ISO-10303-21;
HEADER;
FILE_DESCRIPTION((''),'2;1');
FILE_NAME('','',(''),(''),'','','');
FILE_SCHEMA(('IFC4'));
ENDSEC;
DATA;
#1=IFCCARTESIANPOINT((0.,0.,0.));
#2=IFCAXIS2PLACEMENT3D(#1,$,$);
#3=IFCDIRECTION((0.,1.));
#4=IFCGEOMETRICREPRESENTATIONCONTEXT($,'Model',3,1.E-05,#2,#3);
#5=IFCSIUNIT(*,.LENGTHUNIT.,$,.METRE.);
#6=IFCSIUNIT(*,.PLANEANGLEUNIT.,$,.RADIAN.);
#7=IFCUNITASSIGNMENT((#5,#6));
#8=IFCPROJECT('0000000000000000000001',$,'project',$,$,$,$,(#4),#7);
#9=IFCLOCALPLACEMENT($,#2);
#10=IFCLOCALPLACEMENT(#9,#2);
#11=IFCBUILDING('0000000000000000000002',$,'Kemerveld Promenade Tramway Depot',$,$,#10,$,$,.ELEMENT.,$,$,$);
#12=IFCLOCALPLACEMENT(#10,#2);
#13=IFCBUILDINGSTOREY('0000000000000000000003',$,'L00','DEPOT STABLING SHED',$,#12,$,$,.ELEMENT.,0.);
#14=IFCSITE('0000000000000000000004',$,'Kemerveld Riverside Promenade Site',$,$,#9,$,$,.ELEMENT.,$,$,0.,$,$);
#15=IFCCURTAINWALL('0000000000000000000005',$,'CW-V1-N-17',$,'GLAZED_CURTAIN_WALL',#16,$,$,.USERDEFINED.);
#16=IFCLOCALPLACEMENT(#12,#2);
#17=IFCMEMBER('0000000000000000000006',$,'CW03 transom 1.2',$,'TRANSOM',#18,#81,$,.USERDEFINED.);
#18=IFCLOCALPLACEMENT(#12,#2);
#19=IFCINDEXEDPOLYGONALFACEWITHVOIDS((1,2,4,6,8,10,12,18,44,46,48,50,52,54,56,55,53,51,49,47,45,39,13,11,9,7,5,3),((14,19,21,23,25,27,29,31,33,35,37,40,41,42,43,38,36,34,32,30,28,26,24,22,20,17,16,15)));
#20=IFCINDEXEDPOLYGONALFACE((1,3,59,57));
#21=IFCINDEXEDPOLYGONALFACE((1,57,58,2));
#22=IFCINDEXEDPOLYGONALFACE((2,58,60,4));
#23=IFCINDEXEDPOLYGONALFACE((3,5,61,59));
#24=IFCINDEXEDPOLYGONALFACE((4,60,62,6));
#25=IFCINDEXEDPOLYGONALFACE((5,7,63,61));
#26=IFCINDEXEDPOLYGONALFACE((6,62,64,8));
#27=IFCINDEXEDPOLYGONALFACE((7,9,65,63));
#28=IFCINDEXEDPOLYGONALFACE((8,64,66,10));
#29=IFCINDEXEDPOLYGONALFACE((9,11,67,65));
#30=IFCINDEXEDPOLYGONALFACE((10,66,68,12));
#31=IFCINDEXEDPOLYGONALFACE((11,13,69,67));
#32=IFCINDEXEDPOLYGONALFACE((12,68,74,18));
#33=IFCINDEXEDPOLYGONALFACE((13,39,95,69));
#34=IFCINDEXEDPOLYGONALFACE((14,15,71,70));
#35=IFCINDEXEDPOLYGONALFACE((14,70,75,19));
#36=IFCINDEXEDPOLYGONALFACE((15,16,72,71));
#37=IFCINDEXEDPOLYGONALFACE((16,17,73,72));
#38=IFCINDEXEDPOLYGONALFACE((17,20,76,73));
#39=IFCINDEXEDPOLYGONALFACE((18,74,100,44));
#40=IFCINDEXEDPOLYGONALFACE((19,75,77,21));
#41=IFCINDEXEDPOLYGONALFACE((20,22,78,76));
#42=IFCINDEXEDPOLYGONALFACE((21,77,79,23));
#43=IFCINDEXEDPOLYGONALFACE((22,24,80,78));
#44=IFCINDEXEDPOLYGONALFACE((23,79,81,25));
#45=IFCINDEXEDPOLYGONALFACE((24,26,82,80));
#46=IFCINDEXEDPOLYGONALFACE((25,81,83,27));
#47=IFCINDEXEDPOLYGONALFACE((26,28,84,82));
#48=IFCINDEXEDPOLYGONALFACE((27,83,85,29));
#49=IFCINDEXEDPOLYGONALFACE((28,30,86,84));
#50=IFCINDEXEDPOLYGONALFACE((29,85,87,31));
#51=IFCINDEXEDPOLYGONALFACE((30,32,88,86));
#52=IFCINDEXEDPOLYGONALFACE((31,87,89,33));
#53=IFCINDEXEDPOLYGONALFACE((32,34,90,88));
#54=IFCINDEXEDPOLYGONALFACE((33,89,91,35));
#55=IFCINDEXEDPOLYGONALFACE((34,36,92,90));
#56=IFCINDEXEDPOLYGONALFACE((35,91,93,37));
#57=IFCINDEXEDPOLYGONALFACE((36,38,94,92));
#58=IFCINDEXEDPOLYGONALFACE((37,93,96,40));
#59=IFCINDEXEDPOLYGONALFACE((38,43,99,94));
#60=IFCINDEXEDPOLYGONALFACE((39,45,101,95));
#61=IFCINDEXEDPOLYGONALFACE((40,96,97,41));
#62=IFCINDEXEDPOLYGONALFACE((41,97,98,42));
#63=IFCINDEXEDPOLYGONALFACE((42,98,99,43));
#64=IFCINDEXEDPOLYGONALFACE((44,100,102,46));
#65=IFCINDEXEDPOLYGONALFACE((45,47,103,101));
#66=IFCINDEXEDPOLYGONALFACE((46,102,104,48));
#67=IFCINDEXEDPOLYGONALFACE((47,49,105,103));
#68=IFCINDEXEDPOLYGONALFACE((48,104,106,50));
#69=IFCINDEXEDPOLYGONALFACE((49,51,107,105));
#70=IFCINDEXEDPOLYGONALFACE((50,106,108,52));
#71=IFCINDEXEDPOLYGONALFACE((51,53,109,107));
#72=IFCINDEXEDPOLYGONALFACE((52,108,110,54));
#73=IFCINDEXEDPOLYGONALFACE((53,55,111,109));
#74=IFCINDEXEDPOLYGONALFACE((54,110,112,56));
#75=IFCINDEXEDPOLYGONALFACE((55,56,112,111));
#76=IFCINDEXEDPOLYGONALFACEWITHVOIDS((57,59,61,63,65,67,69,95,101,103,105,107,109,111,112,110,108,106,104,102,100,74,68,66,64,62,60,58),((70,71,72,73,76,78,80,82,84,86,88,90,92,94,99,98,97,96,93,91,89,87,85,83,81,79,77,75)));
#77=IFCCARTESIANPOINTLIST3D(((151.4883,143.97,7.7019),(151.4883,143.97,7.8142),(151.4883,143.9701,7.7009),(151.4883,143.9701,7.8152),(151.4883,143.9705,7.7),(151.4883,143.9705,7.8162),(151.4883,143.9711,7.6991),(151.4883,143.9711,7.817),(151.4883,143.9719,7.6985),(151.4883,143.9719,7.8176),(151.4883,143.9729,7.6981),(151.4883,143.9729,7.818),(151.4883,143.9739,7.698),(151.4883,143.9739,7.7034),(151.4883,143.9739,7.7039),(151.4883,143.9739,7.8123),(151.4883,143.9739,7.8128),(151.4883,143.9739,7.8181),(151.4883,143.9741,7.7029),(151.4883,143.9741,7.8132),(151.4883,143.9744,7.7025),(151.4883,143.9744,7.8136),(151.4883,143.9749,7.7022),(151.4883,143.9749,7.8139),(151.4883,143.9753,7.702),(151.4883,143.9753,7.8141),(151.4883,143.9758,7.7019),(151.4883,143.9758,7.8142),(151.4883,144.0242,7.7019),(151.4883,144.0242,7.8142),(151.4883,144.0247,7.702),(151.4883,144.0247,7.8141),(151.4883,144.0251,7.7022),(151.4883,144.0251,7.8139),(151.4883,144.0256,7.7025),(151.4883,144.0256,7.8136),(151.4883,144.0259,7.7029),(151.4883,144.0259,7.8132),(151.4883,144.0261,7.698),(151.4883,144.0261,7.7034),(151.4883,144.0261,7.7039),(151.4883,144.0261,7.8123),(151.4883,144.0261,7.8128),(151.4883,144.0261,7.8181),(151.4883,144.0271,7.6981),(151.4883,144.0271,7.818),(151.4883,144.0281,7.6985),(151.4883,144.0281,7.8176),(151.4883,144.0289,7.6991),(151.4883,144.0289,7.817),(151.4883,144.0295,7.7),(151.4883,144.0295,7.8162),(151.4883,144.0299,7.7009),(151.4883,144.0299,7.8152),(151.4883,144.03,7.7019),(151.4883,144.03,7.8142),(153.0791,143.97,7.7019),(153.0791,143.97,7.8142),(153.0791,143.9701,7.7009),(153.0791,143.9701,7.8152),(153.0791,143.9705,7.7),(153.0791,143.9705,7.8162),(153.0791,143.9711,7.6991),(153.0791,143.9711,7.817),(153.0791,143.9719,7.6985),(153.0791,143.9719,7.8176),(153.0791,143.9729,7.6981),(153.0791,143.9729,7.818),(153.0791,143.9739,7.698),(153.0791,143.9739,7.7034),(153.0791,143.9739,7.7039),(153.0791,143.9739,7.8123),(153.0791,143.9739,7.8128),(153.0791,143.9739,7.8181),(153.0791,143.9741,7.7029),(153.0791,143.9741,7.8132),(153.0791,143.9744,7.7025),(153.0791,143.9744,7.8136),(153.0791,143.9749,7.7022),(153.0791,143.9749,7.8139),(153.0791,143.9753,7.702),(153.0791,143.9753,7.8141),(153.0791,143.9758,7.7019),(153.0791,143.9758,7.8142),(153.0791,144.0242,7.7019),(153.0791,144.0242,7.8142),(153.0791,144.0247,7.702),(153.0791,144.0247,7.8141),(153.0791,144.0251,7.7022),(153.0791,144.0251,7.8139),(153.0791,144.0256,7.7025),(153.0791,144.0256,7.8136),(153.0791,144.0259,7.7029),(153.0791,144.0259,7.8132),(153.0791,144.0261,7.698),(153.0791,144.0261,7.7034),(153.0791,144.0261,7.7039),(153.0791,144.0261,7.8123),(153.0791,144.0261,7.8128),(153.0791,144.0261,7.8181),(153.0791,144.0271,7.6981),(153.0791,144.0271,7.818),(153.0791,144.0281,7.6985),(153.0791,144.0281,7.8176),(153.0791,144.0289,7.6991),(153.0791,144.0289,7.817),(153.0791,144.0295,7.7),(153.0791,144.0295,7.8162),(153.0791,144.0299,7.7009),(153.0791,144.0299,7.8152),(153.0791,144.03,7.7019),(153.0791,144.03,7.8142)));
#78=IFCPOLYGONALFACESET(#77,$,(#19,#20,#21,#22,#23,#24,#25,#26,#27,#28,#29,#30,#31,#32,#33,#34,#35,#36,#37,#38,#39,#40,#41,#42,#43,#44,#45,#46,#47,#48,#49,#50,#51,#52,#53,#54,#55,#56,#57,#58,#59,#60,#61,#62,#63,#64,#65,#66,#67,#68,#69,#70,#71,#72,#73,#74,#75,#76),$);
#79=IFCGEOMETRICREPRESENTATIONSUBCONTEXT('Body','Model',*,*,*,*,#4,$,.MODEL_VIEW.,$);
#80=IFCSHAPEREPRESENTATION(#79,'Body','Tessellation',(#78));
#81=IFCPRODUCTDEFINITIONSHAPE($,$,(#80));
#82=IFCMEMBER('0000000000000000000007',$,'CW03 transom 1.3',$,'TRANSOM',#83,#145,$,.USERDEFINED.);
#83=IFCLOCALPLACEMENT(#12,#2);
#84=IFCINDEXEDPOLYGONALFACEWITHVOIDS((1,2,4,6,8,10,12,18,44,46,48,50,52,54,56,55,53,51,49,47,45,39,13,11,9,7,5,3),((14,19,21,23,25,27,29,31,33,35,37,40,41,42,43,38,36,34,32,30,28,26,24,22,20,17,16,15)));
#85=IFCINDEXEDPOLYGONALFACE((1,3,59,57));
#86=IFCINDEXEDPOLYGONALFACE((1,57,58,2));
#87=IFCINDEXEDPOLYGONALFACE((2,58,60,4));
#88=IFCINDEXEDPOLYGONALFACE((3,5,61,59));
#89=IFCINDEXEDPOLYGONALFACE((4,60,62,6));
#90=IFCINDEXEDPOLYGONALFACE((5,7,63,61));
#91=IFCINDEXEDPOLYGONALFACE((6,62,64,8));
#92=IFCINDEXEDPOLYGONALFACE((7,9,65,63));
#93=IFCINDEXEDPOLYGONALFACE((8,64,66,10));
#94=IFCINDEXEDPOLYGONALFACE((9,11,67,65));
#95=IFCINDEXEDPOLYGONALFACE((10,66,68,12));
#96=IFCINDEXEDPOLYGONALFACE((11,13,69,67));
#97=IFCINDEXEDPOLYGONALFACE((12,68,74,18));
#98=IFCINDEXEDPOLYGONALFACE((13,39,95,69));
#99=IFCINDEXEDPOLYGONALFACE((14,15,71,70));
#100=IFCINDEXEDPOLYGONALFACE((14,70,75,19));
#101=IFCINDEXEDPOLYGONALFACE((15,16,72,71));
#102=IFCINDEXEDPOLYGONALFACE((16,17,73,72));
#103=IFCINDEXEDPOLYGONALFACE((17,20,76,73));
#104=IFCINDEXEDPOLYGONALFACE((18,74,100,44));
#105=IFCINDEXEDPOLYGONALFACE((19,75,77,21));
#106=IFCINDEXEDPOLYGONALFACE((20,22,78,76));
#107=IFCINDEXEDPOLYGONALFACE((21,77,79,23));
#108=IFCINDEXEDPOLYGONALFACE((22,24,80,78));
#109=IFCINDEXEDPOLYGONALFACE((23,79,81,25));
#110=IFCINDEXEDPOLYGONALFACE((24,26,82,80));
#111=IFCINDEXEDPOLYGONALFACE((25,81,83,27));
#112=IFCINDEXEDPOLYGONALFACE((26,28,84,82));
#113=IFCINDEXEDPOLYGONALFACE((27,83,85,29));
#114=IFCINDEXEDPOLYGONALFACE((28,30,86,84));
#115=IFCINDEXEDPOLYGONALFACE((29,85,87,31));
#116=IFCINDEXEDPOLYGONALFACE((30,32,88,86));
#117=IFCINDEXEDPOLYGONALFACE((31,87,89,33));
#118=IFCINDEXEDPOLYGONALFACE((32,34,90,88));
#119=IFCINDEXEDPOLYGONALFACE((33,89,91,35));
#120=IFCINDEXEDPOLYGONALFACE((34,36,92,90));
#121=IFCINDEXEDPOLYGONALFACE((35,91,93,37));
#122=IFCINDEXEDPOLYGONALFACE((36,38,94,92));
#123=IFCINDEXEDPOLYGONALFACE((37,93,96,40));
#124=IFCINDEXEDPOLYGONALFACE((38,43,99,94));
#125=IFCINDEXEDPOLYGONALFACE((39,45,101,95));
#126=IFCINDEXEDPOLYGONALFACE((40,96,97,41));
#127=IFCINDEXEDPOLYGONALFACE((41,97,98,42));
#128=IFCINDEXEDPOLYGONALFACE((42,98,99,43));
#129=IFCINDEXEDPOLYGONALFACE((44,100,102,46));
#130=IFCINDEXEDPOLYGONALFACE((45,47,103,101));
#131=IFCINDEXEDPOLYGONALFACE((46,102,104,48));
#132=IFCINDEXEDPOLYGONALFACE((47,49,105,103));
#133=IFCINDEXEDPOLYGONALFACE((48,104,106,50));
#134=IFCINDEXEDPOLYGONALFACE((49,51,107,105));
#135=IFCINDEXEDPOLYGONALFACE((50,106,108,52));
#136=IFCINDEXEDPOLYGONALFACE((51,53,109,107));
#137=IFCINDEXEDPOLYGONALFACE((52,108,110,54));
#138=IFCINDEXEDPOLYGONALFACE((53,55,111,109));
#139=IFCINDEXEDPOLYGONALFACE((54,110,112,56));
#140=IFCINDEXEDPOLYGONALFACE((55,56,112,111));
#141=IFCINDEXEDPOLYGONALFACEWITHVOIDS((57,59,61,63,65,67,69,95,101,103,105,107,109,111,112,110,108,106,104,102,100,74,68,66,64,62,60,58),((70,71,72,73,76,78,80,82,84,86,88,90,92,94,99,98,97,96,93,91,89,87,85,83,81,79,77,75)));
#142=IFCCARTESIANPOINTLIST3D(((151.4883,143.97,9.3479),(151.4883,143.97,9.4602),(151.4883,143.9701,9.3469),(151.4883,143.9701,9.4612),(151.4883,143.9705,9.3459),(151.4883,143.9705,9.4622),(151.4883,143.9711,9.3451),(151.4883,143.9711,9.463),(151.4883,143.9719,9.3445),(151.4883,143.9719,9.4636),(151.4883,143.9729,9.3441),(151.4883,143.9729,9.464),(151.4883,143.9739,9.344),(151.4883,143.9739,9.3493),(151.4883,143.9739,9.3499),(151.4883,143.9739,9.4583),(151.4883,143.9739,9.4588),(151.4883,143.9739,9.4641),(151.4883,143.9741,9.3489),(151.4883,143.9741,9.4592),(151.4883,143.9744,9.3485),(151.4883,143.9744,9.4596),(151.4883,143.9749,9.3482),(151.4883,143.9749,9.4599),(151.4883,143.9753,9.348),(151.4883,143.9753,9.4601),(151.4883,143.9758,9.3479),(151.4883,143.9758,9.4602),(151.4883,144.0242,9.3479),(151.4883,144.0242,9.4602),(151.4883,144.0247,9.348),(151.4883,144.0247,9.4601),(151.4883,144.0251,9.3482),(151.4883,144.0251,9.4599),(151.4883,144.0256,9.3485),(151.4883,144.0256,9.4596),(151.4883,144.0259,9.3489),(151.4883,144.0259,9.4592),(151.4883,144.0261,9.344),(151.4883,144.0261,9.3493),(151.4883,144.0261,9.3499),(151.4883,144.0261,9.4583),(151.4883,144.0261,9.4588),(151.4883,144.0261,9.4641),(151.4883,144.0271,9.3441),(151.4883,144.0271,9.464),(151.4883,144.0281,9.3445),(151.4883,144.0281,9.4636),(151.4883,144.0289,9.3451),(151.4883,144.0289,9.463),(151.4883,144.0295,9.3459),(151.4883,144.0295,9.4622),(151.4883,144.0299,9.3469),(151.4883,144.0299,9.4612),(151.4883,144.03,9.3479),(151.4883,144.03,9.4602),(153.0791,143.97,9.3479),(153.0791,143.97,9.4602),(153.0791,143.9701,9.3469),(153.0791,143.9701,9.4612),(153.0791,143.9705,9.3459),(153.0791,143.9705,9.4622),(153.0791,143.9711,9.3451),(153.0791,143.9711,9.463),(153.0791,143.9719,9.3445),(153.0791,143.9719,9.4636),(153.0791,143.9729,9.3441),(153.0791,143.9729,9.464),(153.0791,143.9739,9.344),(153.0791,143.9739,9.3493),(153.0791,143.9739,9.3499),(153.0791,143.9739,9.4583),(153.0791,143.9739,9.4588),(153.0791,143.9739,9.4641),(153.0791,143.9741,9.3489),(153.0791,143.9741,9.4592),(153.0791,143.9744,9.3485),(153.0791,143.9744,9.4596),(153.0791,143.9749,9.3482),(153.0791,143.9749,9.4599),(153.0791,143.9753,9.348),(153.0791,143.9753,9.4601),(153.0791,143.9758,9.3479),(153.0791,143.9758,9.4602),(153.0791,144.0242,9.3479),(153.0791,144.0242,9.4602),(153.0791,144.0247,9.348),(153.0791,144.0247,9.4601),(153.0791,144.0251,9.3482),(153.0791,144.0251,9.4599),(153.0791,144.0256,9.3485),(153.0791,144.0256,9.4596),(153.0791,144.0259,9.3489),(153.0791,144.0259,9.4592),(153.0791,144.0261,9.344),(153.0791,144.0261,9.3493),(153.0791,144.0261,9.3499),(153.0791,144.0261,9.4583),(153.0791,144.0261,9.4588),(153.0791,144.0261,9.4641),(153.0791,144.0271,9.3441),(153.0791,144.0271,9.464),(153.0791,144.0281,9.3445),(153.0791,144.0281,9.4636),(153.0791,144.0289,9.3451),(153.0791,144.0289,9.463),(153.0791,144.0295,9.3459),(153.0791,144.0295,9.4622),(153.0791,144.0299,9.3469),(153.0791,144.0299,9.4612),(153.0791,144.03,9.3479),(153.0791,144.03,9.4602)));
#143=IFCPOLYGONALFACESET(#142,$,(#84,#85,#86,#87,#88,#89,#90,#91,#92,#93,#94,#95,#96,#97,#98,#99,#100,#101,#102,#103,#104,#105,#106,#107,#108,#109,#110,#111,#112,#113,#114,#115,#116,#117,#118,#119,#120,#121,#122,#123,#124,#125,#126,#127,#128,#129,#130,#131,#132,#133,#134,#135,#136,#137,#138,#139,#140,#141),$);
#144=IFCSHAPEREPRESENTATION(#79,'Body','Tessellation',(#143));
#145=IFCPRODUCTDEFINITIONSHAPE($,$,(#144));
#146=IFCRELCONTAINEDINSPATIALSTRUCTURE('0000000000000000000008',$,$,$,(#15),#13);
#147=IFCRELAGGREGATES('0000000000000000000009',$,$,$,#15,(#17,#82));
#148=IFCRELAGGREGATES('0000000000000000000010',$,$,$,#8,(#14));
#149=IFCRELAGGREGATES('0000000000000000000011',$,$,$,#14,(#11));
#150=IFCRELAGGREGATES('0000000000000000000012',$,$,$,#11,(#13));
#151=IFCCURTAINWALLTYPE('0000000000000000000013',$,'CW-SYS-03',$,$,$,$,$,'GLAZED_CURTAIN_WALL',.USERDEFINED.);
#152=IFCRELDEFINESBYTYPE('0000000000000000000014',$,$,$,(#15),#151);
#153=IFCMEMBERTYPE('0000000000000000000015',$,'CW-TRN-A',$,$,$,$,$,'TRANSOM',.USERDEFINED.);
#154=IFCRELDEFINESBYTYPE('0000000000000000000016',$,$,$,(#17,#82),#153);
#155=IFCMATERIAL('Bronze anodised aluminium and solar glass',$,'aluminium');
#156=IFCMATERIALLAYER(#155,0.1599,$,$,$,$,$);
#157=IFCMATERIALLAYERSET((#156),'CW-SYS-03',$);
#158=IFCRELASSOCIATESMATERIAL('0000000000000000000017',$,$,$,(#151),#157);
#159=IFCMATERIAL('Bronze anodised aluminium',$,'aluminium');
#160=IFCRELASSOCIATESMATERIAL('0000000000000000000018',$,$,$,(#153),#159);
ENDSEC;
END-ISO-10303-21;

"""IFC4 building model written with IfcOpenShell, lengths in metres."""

from ifc_helpers import new_model, si_unit, direction, frame, origin, origin_2d, place, context, subcontext, project, spatial, hollow_rectangle, extrude, material, layer, layer_set, material_profile, profile_set, type_object, element, aggregate, save


model = new_model("IFC4")

# Units and contexts
model_context = context("Model", 3, precision=1e-05, world=origin(), true_north=direction((0.0, 1.0)))
body_context = subcontext(model_context, "Body", "Model", "MODEL_VIEW")
ifc_project = project(units=[si_unit("LENGTHUNIT", "METRE"), si_unit("PLANEANGLEUNIT", "RADIAN")], contexts=[model_context])

# Site, building, storey
site_placement = place(None, origin())
site = spatial("IfcSite", under=ifc_project, at=site_placement, Name="Kemerveld Riverside Promenade Site", CompositionType="ELEMENT", RefElevation=0.0)
building_placement = place(site_placement, origin())
building = spatial("IfcBuilding", under=site, at=building_placement, Name="Kemerveld Promenade Tramway Depot", CompositionType="ELEMENT")
storey_placement = place(building_placement, origin())
storey = spatial("IfcBuildingStorey", under=building, at=storey_placement, Name="L00", Description="DEPOT STABLING SHED", CompositionType="ELEMENT", Elevation=0.0)

# Curtain wall, members
ifc_material_1 = material(Name="Bronze anodised aluminium and solar glass", Category="aluminium")
ifc_layer_1 = layer(ifc_material_1, 0.1599)
ifc_layer_set_1 = layer_set([ifc_layer_1], Name="CW-SYS-03")
curtain_wall_type = type_object("IfcCurtainWallType", Name="CW-SYS-03", ElementType="GLAZED_CURTAIN_WALL", PredefinedType="USERDEFINED", material=ifc_layer_set_1)
curtain_wall_placement = place(storey_placement, origin())
curtain_wall = element("IfcCurtainWall", 1, at=curtain_wall_placement, inside=storey, type_object=curtain_wall_type, Name="CW-V1-N-17", ObjectType="GLAZED_CURTAIN_WALL", PredefinedType="USERDEFINED")
ifc_material_2 = material(Name="Bronze anodised aluminium", Category="aluminium")
ifc_material_profile_1 = material_profile(ifc_material_2, hollow_rectangle(XDim=0.0601, YDim=0.1201, WallThickness=0.0039, InnerFilletRadius=0.002, OuterFilletRadius=0.0039, at=origin_2d()), Name="CW-TRN-120x60")
ifc_profile_set_1 = profile_set([ifc_material_profile_1], Name="Bronze anodised aluminium")
member_type_1 = type_object("IfcMemberType", Name="CW-TRN-A", ElementType="TRANSOM", PredefinedType="USERDEFINED", material=ifc_profile_set_1)
member_1_placement = place(storey_placement, frame((151.4883, 144.0, 7.7581), z_axis=(1.0, 0.0, 0.0), x_axis=(0.0, 1.0, 0.0)))
member_1 = element("IfcMember", 2, at=member_1_placement, type_object=member_type_1, Name="CW03 transom 1.2", ObjectType="TRANSOM", PredefinedType="USERDEFINED", context=body_context, shape_type="SweptSolid", body=[
    extrude(hollow_rectangle(XDim=0.0601, YDim=0.1201, WallThickness=0.0039, InnerFilletRadius=0.002, OuterFilletRadius=0.0039, at=origin_2d()), origin(), (0.0, 0.0, 1.0), 1.5908),
])
member_2_placement = place(storey_placement, frame((151.4883, 144.0, 9.4041), z_axis=(1.0, 0.0, 0.0), x_axis=(0.0, 1.0, 0.0)))
member_2 = element("IfcMember", 3, at=member_2_placement, type_object=member_type_1, Name="CW03 transom 1.3", ObjectType="TRANSOM", PredefinedType="USERDEFINED", context=body_context, shape_type="SweptSolid", body=[
    extrude(hollow_rectangle(XDim=0.0601, YDim=0.1201, WallThickness=0.0039, InnerFilletRadius=0.002, OuterFilletRadius=0.0039, at=origin_2d()), origin(), (0.0, 0.0, 1.0), 1.5908),
])
aggregate(curtain_wall, [member_1, member_2])

save(model, "model.ifc")
